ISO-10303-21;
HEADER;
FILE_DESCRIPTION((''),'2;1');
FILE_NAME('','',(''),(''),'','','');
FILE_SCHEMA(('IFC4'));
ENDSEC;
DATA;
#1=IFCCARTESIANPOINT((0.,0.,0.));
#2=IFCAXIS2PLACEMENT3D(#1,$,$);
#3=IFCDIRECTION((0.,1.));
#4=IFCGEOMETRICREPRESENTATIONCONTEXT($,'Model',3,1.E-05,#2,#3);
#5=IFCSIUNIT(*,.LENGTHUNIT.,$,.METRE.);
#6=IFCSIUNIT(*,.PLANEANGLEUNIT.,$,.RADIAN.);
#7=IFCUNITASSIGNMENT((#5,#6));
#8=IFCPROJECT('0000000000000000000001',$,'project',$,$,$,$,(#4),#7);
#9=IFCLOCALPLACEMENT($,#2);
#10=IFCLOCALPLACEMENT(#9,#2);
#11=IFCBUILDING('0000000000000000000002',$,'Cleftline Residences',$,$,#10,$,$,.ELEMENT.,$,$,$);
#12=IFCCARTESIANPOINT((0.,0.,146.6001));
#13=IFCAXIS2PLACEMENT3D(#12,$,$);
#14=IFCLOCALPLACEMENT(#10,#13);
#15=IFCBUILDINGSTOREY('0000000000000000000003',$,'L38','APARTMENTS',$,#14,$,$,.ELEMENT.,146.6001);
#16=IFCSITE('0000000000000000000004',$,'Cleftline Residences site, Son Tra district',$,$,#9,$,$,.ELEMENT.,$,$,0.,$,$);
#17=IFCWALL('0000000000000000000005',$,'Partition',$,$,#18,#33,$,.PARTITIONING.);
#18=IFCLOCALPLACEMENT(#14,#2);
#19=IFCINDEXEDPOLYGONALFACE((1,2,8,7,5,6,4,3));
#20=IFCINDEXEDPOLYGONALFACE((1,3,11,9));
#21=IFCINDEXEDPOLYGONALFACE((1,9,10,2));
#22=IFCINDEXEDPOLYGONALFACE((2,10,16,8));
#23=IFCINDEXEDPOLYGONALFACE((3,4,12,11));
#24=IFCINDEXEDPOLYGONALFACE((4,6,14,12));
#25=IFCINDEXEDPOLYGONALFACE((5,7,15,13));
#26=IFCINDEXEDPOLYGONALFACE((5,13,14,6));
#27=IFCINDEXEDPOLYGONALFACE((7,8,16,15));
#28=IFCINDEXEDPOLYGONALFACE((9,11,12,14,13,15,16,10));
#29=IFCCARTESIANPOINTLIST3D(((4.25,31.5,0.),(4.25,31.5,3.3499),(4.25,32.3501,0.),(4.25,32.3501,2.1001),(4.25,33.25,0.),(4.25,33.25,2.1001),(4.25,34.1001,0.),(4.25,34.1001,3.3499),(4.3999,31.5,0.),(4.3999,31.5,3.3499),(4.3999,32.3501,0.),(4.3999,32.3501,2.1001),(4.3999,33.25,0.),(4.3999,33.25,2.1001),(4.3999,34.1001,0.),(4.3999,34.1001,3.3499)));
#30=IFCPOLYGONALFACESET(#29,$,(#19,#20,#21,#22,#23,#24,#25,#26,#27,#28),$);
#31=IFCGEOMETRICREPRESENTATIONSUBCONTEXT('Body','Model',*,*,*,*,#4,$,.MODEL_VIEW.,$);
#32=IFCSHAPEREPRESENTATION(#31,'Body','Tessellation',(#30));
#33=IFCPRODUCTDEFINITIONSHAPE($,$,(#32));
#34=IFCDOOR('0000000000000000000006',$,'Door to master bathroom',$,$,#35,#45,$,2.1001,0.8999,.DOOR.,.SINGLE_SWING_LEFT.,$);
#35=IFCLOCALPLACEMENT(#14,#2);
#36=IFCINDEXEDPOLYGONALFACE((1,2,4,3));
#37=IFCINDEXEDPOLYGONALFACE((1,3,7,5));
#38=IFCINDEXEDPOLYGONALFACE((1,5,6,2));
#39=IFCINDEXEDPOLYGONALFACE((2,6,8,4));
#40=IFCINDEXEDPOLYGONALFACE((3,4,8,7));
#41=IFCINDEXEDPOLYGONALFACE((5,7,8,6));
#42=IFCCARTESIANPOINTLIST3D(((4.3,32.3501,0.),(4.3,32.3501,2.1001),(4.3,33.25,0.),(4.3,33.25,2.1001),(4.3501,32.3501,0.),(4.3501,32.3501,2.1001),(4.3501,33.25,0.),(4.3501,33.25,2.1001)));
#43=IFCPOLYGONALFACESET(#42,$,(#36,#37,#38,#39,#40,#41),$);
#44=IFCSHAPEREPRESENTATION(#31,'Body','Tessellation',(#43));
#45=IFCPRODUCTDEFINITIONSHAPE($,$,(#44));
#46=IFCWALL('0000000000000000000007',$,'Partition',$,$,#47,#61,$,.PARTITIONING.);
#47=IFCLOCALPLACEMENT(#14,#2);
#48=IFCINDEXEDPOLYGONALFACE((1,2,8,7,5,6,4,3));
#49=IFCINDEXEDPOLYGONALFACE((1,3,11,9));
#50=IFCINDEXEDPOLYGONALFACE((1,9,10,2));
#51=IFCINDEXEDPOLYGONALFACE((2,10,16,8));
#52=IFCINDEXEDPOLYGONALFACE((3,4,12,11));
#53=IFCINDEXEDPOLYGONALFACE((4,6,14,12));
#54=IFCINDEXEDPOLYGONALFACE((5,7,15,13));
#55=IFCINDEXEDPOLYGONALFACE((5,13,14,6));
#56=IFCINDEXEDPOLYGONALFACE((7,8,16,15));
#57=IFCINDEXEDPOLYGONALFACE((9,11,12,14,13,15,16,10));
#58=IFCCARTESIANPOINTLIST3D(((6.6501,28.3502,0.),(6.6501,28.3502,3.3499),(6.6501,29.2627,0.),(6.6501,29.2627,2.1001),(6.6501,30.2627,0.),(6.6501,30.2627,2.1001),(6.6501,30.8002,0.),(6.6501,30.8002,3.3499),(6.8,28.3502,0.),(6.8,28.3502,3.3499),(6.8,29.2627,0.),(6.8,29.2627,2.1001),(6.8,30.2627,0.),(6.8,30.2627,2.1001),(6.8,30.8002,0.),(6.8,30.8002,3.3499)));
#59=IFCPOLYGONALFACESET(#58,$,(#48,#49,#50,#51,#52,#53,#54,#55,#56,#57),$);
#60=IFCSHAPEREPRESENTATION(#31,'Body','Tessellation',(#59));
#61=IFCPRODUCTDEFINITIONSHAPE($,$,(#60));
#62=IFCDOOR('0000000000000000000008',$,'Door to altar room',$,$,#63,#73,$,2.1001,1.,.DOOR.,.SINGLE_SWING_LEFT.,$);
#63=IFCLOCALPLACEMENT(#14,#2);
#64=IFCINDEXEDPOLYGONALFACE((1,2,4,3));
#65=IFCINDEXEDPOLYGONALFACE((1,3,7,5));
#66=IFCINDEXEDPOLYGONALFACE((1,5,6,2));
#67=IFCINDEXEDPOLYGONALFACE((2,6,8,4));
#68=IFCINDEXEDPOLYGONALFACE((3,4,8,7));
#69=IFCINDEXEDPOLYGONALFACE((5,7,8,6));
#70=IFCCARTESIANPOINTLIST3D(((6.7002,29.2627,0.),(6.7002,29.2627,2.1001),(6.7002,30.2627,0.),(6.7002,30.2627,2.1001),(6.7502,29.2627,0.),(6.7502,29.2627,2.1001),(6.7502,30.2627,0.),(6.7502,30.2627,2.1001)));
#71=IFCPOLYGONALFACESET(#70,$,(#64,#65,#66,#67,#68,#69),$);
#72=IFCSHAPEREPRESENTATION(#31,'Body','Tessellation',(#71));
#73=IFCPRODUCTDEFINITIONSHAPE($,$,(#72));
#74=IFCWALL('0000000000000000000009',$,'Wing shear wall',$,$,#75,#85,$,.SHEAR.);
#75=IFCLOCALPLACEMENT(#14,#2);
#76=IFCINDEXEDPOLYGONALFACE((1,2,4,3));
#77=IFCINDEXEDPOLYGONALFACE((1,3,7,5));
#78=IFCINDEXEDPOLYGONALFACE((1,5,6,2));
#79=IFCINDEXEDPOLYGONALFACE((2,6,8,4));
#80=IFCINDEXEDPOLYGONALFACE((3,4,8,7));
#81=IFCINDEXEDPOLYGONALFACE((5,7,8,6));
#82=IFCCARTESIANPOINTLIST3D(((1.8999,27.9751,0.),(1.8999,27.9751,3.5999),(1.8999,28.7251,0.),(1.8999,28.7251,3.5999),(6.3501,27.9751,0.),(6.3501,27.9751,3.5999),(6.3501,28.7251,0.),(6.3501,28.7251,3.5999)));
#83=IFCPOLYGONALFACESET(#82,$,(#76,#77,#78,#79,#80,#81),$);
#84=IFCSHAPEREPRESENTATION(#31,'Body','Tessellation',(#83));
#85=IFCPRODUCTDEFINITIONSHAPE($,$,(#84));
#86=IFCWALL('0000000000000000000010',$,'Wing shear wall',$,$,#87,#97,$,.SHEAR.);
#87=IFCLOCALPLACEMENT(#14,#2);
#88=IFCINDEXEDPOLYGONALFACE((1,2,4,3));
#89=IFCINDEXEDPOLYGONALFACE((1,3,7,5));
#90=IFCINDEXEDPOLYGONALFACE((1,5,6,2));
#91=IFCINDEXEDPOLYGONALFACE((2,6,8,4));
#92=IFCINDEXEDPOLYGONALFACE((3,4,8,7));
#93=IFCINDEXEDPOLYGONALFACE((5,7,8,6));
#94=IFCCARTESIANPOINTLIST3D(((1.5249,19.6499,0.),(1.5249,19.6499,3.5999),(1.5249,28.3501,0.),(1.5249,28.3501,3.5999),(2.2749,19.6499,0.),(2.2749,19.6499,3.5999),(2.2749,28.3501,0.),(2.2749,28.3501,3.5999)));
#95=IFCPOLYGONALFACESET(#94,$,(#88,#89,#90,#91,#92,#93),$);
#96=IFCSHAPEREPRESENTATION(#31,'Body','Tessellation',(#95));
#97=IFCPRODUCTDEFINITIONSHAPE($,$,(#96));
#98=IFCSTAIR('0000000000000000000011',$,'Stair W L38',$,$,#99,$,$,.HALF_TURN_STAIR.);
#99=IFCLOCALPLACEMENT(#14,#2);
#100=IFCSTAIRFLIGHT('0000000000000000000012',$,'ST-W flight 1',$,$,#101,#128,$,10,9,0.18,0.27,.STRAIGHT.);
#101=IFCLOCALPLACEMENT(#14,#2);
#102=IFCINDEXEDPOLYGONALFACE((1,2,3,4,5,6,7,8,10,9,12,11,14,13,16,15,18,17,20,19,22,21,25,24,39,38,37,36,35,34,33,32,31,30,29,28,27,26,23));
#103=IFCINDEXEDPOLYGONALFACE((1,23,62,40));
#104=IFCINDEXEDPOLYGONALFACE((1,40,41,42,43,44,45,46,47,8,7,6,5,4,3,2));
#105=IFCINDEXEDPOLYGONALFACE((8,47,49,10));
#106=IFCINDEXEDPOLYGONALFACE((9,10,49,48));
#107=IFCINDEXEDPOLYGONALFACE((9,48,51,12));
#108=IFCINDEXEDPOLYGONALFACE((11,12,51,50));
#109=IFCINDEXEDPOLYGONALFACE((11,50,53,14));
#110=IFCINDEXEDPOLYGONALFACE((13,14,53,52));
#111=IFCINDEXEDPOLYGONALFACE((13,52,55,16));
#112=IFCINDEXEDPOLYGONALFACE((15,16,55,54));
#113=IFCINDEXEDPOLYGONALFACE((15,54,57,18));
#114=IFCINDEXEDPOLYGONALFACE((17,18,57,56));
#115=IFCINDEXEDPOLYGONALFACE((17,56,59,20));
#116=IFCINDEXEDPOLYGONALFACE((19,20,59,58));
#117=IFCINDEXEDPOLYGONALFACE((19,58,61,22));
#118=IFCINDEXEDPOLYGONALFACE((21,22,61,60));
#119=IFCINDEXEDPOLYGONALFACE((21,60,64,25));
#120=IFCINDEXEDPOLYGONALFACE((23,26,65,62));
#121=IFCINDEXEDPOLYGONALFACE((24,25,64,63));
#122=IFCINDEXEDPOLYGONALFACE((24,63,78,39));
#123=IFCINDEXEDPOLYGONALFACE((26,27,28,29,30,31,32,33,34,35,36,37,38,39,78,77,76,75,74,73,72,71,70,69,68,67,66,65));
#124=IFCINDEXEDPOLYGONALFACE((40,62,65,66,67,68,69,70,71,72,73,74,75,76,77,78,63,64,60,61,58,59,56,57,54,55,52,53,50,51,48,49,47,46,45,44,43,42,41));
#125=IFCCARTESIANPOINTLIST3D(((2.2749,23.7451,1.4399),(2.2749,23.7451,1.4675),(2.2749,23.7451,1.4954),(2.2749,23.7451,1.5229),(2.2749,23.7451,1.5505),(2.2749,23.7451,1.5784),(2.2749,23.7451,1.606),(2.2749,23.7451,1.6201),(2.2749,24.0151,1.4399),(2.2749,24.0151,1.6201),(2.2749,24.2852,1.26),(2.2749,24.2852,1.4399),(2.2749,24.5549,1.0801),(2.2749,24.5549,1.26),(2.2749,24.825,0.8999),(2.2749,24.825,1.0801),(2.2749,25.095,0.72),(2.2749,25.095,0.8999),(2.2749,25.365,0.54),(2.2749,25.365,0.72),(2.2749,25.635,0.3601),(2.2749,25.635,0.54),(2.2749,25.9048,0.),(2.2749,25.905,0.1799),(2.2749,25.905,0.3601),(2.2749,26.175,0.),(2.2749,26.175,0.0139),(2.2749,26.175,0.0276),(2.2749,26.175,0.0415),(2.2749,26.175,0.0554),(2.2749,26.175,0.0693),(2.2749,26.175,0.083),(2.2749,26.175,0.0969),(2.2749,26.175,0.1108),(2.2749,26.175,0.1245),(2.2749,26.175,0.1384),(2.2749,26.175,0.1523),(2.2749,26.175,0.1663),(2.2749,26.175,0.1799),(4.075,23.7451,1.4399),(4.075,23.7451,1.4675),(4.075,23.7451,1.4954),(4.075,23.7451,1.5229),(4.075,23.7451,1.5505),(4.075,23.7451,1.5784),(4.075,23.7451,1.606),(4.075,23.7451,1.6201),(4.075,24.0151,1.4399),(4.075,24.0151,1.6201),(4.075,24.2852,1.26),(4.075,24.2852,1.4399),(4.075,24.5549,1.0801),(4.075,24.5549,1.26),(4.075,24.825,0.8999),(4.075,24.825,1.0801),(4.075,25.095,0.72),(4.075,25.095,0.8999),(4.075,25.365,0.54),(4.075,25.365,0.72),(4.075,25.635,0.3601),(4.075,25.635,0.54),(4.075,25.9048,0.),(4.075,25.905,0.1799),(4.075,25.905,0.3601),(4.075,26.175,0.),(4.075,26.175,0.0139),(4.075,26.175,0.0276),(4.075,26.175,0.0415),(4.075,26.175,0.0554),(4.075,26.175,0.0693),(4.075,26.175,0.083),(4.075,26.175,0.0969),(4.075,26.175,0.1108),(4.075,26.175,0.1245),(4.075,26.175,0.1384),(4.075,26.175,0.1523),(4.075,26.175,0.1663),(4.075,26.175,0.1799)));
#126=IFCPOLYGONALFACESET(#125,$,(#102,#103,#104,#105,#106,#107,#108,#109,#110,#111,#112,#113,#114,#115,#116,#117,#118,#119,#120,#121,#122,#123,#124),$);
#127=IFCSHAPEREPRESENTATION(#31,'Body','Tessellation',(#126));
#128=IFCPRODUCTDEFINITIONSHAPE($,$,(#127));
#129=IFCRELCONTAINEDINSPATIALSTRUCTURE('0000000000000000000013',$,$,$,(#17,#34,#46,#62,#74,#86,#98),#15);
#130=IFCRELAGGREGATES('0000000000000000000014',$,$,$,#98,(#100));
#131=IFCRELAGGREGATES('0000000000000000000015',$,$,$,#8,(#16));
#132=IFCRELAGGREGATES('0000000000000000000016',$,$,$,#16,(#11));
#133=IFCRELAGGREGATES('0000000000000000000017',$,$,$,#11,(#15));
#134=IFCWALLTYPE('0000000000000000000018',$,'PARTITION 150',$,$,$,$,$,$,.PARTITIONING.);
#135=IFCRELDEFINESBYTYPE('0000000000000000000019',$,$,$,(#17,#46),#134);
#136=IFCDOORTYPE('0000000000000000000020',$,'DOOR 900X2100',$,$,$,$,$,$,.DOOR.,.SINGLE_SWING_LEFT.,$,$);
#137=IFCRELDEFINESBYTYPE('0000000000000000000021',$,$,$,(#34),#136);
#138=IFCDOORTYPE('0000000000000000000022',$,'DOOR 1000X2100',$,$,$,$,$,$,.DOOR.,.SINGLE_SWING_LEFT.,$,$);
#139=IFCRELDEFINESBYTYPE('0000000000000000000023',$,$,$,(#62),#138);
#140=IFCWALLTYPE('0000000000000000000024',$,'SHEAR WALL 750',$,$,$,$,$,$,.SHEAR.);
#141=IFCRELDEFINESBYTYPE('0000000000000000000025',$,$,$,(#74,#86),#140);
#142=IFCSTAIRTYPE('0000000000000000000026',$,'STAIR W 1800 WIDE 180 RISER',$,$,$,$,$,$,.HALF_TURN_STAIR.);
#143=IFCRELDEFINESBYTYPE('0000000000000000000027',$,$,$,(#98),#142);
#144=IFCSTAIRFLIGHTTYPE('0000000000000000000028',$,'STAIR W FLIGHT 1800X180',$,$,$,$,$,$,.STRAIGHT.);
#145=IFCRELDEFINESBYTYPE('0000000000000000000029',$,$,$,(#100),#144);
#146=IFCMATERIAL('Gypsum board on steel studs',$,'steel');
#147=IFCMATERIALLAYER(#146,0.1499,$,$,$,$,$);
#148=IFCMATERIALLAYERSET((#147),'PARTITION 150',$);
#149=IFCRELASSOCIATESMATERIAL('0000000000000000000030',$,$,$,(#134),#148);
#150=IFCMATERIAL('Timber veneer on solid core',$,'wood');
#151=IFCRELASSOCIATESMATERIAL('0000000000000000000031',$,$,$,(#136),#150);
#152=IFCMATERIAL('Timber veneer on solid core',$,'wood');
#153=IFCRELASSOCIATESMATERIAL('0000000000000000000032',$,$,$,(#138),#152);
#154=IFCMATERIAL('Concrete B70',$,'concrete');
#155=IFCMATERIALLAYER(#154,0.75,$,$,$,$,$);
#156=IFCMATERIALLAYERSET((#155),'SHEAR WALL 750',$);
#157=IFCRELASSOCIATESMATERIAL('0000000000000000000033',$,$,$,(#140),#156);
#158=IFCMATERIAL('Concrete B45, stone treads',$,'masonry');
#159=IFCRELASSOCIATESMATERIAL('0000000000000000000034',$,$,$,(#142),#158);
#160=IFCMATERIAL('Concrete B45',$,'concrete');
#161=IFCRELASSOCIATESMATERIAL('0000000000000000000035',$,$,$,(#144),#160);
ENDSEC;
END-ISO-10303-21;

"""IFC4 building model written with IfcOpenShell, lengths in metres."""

from ifc_helpers import new_model, si_unit, direction, frame, frame_2d, origin, place, context, subcontext, project, spatial, polyline, rectangle, outline, extrude, material, layer, layer_set, type_object, element, fill, aggregate, save


model = new_model("IFC4")

# Units and contexts
model_context = context("Model", 3, precision=1e-05, world=origin(), true_north=direction((0.0, 1.0)))
body_context = subcontext(model_context, "Body", "Model", "MODEL_VIEW")
ifc_project = project(units=[si_unit("LENGTHUNIT", "METRE"), si_unit("PLANEANGLEUNIT", "RADIAN")], contexts=[model_context])

# Site, building, storey
site_placement = place(None, origin())
site = spatial("IfcSite", under=ifc_project, at=site_placement, Name="Cleftline Residences site, Son Tra district", CompositionType="ELEMENT", RefElevation=0.0)
building_placement = place(site_placement, origin())
building = spatial("IfcBuilding", under=site, at=building_placement, Name="Cleftline Residences", CompositionType="ELEMENT")
storey_placement = place(building_placement, frame((0.0, 0.0, 146.6001)))
storey = spatial("IfcBuildingStorey", under=building, at=storey_placement, Name="L38", Description="APARTMENTS", CompositionType="ELEMENT", Elevation=146.6001)

# Shared definitions
ifc_material_1 = material(Name="Gypsum board on steel studs", Category="steel")
ifc_layer_1 = layer(ifc_material_1, 0.1499)
ifc_layer_set_1 = layer_set([ifc_layer_1], Name="PARTITION 150")
wall_type_1 = type_object("IfcWallType", Name="PARTITION 150", PredefinedType="PARTITIONING", material=ifc_layer_set_1)

# Walls, openings, doors
wall_1_placement = place(storey_placement, frame((4.325, 31.5, 0.0), z_axis=(0.0, 0.0, 1.0), x_axis=(0.0, 1.0, 0.0)))
wall_1 = element("IfcWall", 1, at=wall_1_placement, inside=storey, type_object=wall_type_1, Name="Partition", PredefinedType="PARTITIONING", context=body_context, shape_type="SweptSolid", body=[
    extrude(rectangle(XDim=2.6001, YDim=0.1499, at=frame_2d((1.3, 0.0))), origin(), (0.0, 0.0, 1.0), 3.3499),
])
opening_1_placement = place(wall_1_placement, frame((0.8501, 0.0, 0.0)))
opening_1 = element("IfcOpeningElement", 2, at=opening_1_placement, cuts=wall_1, PredefinedType="OPENING", context=body_context, shape_type="SweptSolid", body=[
    extrude(rectangle(XDim=0.8999, YDim=2.1001, at=frame_2d((0.45, 1.05))), frame((0.0, 0.085, 0.0), z_axis=(0.0, -1.0, 0.0), x_axis=(1.0, 0.0, 0.0)), (0.0, 0.0, 1.0), 0.1699),
])
ifc_material_2 = material(Name="Timber veneer on solid core", Category="wood")
door_type_1 = type_object("IfcDoorType", Name="DOOR 900X2100", OperationType="SINGLE_SWING_LEFT", PredefinedType="DOOR", material=ifc_material_2)
door_1_placement = place(opening_1_placement, origin())
door_1 = element("IfcDoor", 3, at=door_1_placement, inside=storey, type_object=door_type_1, Name="Door to master bathroom", OperationType="SINGLE_SWING_LEFT", OverallHeight=2.1001, OverallWidth=0.8999, PredefinedType="DOOR", context=body_context, shape_type="SweptSolid", body=[
    extrude(rectangle(XDim=0.8999, YDim=2.1001, at=frame_2d((0.45, 1.05))), frame((0.0, 0.0249, 0.0), z_axis=(0.0, -1.0, 0.0), x_axis=(1.0, 0.0, 0.0)), (0.0, 0.0, 1.0), 0.05),
])
fill(opening_1, door_1)
wall_2_placement = place(storey_placement, frame((6.7251, 28.3501, 0.0), z_axis=(0.0, 0.0, 1.0), x_axis=(0.0, 1.0, 0.0)))
wall_2 = element("IfcWall", 4, at=wall_2_placement, inside=storey, type_object=wall_type_1, Name="Partition", PredefinedType="PARTITIONING", context=body_context, shape_type="SweptSolid", body=[
    extrude(rectangle(XDim=2.45, YDim=0.1499, at=frame_2d((1.2251, 0.0))), origin(), (0.0, 0.0, 1.0), 3.3499),
])
opening_2_placement = place(wall_2_placement, frame((0.9126, 0.0, 0.0)))
opening_2 = element("IfcOpeningElement", 5, at=opening_2_placement, cuts=wall_2, PredefinedType="OPENING", context=body_context, shape_type="SweptSolid", body=[
    extrude(rectangle(XDim=1.0, YDim=2.1001, at=frame_2d((0.5, 1.05))), frame((0.0, 0.085, 0.0), z_axis=(0.0, -1.0, 0.0), x_axis=(1.0, 0.0, 0.0)), (0.0, 0.0, 1.0), 0.1699),
])
ifc_material_3 = material(Name="Timber veneer on solid core", Category="wood")
door_type_2 = type_object("IfcDoorType", Name="DOOR 1000X2100", OperationType="SINGLE_SWING_LEFT", PredefinedType="DOOR", material=ifc_material_3)
door_2_placement = place(opening_2_placement, origin())
door_2 = element("IfcDoor", 6, at=door_2_placement, inside=storey, type_object=door_type_2, Name="Door to altar room", OperationType="SINGLE_SWING_LEFT", OverallHeight=2.1001, OverallWidth=1.0, PredefinedType="DOOR", context=body_context, shape_type="SweptSolid", body=[
    extrude(rectangle(XDim=1.0, YDim=2.1001, at=frame_2d((0.5, 1.05))), frame((0.0, 0.0249, 0.0), z_axis=(0.0, -1.0, 0.0), x_axis=(1.0, 0.0, 0.0)), (0.0, 0.0, 1.0), 0.05),
])
fill(opening_2, door_2)

# Walls
ifc_material_4 = material(Name="Concrete B70", Category="concrete")
ifc_layer_2 = layer(ifc_material_4, 0.75)
ifc_layer_set_2 = layer_set([ifc_layer_2], Name="SHEAR WALL 750")
wall_type_2 = type_object("IfcWallType", Name="SHEAR WALL 750", PredefinedType="SHEAR", material=ifc_layer_set_2)
wall_3_placement = place(storey_placement, frame((6.3501, 28.3501, 0.0), z_axis=(0.0, 0.0, 1.0), x_axis=(-1.0, 0.0, 0.0)))
element("IfcWall", 7, at=wall_3_placement, inside=storey, type_object=wall_type_2, Name="Wing shear wall", PredefinedType="SHEAR", context=body_context, shape_type="SweptSolid", body=[
    extrude(rectangle(XDim=4.4502, YDim=0.75, at=frame_2d((2.2251, 0.0))), origin(), (0.0, 0.0, 1.0), 3.5999),
])
wall_4_placement = place(storey_placement, frame((1.8999, 28.3501, 0.0), z_axis=(0.0, 0.0, 1.0), x_axis=(0.0, -1.0, 0.0)))
element("IfcWall", 8, at=wall_4_placement, inside=storey, type_object=wall_type_2, Name="Wing shear wall", PredefinedType="SHEAR", context=body_context, shape_type="SweptSolid", body=[
    extrude(rectangle(XDim=8.7002, YDim=0.75, at=frame_2d((4.3501, 0.0))), origin(), (0.0, 0.0, 1.0), 3.5999),
])

# Stair, stair flight
ifc_material_5 = material(Name="Concrete B45, stone treads", Category="masonry")
stair_type = type_object("IfcStairType", Name="STAIR W 1800 WIDE 180 RISER", PredefinedType="HALF_TURN_STAIR", material=ifc_material_5)
stair_placement = place(storey_placement, origin())
stair = element("IfcStair", 9, at=stair_placement, inside=storey, type_object=stair_type, Name="Stair W L38", PredefinedType="HALF_TURN_STAIR")
ifc_material_6 = material(Name="Concrete B45", Category="concrete")
stair_flight_type = type_object("IfcStairFlightType", Name="STAIR W FLIGHT 1800X180", PredefinedType="STRAIGHT", material=ifc_material_6)
stair_flight_1_placement = place(storey_placement, frame((3.175, 26.175, 0.0), z_axis=(0.0, 0.0, 1.0), x_axis=(0.0, -1.0, 0.0)))
stair_flight_1 = element("IfcStairFlight", 10, at=stair_flight_1_placement, type_object=stair_flight_type, Name="ST-W flight 1", NumberOfRisers=10, NumberOfTreads=9, PredefinedType="STRAIGHT", RiserHeight=0.18, TreadLength=0.27, context=body_context, shape_type="SweptSolid", body=[
    extrude(outline(polyline([(0.0, 0.0), (0.0, 0.0139), (0.0, 0.0276), (0.0, 0.0415), (0.0, 0.0554), (0.0, 0.0693), (0.0, 0.083), (0.0, 0.0969), (0.0, 0.1108), (0.0, 0.1245), (0.0, 0.1384), (0.0, 0.1523), (0.0, 0.1663), (0.0, 0.1799), (0.27, 0.1799), (0.27, 0.3601), (0.54, 0.3601), (0.54, 0.54), (0.8101, 0.54), (0.8101, 0.72), (1.0801, 0.72), (1.0801, 0.8999), (1.3501, 0.8999), (1.3501, 1.0801), (1.6201, 1.0801), (1.6201, 1.26), (1.8899, 1.26), (1.8899, 1.4399), (2.1599, 1.4399), (2.1599, 1.6201), (2.4299, 1.6201), (2.4299, 1.8), (2.4299, 1.7722), (2.4299, 1.7446), (2.4299, 1.7168), (2.4299, 1.6892), (2.4299, 1.6614), (2.4299, 1.6338), (2.4299, 1.606), (2.4299, 1.5784), (2.4299, 1.5505), (2.4299, 1.5229), (2.4299, 1.4954), (2.4299, 1.4675), (2.4299, 1.4399), (0.2703, 0.0), (0.0, 0.0)])), frame((0.0, 0.8999, 0.0), z_axis=(0.0, -1.0, 0.0), x_axis=(1.0, 0.0, 0.0)), (0.0, 0.0, 1.0), 1.8),
])
aggregate(stair, [stair_flight_1])

save(model, "model.ifc")
